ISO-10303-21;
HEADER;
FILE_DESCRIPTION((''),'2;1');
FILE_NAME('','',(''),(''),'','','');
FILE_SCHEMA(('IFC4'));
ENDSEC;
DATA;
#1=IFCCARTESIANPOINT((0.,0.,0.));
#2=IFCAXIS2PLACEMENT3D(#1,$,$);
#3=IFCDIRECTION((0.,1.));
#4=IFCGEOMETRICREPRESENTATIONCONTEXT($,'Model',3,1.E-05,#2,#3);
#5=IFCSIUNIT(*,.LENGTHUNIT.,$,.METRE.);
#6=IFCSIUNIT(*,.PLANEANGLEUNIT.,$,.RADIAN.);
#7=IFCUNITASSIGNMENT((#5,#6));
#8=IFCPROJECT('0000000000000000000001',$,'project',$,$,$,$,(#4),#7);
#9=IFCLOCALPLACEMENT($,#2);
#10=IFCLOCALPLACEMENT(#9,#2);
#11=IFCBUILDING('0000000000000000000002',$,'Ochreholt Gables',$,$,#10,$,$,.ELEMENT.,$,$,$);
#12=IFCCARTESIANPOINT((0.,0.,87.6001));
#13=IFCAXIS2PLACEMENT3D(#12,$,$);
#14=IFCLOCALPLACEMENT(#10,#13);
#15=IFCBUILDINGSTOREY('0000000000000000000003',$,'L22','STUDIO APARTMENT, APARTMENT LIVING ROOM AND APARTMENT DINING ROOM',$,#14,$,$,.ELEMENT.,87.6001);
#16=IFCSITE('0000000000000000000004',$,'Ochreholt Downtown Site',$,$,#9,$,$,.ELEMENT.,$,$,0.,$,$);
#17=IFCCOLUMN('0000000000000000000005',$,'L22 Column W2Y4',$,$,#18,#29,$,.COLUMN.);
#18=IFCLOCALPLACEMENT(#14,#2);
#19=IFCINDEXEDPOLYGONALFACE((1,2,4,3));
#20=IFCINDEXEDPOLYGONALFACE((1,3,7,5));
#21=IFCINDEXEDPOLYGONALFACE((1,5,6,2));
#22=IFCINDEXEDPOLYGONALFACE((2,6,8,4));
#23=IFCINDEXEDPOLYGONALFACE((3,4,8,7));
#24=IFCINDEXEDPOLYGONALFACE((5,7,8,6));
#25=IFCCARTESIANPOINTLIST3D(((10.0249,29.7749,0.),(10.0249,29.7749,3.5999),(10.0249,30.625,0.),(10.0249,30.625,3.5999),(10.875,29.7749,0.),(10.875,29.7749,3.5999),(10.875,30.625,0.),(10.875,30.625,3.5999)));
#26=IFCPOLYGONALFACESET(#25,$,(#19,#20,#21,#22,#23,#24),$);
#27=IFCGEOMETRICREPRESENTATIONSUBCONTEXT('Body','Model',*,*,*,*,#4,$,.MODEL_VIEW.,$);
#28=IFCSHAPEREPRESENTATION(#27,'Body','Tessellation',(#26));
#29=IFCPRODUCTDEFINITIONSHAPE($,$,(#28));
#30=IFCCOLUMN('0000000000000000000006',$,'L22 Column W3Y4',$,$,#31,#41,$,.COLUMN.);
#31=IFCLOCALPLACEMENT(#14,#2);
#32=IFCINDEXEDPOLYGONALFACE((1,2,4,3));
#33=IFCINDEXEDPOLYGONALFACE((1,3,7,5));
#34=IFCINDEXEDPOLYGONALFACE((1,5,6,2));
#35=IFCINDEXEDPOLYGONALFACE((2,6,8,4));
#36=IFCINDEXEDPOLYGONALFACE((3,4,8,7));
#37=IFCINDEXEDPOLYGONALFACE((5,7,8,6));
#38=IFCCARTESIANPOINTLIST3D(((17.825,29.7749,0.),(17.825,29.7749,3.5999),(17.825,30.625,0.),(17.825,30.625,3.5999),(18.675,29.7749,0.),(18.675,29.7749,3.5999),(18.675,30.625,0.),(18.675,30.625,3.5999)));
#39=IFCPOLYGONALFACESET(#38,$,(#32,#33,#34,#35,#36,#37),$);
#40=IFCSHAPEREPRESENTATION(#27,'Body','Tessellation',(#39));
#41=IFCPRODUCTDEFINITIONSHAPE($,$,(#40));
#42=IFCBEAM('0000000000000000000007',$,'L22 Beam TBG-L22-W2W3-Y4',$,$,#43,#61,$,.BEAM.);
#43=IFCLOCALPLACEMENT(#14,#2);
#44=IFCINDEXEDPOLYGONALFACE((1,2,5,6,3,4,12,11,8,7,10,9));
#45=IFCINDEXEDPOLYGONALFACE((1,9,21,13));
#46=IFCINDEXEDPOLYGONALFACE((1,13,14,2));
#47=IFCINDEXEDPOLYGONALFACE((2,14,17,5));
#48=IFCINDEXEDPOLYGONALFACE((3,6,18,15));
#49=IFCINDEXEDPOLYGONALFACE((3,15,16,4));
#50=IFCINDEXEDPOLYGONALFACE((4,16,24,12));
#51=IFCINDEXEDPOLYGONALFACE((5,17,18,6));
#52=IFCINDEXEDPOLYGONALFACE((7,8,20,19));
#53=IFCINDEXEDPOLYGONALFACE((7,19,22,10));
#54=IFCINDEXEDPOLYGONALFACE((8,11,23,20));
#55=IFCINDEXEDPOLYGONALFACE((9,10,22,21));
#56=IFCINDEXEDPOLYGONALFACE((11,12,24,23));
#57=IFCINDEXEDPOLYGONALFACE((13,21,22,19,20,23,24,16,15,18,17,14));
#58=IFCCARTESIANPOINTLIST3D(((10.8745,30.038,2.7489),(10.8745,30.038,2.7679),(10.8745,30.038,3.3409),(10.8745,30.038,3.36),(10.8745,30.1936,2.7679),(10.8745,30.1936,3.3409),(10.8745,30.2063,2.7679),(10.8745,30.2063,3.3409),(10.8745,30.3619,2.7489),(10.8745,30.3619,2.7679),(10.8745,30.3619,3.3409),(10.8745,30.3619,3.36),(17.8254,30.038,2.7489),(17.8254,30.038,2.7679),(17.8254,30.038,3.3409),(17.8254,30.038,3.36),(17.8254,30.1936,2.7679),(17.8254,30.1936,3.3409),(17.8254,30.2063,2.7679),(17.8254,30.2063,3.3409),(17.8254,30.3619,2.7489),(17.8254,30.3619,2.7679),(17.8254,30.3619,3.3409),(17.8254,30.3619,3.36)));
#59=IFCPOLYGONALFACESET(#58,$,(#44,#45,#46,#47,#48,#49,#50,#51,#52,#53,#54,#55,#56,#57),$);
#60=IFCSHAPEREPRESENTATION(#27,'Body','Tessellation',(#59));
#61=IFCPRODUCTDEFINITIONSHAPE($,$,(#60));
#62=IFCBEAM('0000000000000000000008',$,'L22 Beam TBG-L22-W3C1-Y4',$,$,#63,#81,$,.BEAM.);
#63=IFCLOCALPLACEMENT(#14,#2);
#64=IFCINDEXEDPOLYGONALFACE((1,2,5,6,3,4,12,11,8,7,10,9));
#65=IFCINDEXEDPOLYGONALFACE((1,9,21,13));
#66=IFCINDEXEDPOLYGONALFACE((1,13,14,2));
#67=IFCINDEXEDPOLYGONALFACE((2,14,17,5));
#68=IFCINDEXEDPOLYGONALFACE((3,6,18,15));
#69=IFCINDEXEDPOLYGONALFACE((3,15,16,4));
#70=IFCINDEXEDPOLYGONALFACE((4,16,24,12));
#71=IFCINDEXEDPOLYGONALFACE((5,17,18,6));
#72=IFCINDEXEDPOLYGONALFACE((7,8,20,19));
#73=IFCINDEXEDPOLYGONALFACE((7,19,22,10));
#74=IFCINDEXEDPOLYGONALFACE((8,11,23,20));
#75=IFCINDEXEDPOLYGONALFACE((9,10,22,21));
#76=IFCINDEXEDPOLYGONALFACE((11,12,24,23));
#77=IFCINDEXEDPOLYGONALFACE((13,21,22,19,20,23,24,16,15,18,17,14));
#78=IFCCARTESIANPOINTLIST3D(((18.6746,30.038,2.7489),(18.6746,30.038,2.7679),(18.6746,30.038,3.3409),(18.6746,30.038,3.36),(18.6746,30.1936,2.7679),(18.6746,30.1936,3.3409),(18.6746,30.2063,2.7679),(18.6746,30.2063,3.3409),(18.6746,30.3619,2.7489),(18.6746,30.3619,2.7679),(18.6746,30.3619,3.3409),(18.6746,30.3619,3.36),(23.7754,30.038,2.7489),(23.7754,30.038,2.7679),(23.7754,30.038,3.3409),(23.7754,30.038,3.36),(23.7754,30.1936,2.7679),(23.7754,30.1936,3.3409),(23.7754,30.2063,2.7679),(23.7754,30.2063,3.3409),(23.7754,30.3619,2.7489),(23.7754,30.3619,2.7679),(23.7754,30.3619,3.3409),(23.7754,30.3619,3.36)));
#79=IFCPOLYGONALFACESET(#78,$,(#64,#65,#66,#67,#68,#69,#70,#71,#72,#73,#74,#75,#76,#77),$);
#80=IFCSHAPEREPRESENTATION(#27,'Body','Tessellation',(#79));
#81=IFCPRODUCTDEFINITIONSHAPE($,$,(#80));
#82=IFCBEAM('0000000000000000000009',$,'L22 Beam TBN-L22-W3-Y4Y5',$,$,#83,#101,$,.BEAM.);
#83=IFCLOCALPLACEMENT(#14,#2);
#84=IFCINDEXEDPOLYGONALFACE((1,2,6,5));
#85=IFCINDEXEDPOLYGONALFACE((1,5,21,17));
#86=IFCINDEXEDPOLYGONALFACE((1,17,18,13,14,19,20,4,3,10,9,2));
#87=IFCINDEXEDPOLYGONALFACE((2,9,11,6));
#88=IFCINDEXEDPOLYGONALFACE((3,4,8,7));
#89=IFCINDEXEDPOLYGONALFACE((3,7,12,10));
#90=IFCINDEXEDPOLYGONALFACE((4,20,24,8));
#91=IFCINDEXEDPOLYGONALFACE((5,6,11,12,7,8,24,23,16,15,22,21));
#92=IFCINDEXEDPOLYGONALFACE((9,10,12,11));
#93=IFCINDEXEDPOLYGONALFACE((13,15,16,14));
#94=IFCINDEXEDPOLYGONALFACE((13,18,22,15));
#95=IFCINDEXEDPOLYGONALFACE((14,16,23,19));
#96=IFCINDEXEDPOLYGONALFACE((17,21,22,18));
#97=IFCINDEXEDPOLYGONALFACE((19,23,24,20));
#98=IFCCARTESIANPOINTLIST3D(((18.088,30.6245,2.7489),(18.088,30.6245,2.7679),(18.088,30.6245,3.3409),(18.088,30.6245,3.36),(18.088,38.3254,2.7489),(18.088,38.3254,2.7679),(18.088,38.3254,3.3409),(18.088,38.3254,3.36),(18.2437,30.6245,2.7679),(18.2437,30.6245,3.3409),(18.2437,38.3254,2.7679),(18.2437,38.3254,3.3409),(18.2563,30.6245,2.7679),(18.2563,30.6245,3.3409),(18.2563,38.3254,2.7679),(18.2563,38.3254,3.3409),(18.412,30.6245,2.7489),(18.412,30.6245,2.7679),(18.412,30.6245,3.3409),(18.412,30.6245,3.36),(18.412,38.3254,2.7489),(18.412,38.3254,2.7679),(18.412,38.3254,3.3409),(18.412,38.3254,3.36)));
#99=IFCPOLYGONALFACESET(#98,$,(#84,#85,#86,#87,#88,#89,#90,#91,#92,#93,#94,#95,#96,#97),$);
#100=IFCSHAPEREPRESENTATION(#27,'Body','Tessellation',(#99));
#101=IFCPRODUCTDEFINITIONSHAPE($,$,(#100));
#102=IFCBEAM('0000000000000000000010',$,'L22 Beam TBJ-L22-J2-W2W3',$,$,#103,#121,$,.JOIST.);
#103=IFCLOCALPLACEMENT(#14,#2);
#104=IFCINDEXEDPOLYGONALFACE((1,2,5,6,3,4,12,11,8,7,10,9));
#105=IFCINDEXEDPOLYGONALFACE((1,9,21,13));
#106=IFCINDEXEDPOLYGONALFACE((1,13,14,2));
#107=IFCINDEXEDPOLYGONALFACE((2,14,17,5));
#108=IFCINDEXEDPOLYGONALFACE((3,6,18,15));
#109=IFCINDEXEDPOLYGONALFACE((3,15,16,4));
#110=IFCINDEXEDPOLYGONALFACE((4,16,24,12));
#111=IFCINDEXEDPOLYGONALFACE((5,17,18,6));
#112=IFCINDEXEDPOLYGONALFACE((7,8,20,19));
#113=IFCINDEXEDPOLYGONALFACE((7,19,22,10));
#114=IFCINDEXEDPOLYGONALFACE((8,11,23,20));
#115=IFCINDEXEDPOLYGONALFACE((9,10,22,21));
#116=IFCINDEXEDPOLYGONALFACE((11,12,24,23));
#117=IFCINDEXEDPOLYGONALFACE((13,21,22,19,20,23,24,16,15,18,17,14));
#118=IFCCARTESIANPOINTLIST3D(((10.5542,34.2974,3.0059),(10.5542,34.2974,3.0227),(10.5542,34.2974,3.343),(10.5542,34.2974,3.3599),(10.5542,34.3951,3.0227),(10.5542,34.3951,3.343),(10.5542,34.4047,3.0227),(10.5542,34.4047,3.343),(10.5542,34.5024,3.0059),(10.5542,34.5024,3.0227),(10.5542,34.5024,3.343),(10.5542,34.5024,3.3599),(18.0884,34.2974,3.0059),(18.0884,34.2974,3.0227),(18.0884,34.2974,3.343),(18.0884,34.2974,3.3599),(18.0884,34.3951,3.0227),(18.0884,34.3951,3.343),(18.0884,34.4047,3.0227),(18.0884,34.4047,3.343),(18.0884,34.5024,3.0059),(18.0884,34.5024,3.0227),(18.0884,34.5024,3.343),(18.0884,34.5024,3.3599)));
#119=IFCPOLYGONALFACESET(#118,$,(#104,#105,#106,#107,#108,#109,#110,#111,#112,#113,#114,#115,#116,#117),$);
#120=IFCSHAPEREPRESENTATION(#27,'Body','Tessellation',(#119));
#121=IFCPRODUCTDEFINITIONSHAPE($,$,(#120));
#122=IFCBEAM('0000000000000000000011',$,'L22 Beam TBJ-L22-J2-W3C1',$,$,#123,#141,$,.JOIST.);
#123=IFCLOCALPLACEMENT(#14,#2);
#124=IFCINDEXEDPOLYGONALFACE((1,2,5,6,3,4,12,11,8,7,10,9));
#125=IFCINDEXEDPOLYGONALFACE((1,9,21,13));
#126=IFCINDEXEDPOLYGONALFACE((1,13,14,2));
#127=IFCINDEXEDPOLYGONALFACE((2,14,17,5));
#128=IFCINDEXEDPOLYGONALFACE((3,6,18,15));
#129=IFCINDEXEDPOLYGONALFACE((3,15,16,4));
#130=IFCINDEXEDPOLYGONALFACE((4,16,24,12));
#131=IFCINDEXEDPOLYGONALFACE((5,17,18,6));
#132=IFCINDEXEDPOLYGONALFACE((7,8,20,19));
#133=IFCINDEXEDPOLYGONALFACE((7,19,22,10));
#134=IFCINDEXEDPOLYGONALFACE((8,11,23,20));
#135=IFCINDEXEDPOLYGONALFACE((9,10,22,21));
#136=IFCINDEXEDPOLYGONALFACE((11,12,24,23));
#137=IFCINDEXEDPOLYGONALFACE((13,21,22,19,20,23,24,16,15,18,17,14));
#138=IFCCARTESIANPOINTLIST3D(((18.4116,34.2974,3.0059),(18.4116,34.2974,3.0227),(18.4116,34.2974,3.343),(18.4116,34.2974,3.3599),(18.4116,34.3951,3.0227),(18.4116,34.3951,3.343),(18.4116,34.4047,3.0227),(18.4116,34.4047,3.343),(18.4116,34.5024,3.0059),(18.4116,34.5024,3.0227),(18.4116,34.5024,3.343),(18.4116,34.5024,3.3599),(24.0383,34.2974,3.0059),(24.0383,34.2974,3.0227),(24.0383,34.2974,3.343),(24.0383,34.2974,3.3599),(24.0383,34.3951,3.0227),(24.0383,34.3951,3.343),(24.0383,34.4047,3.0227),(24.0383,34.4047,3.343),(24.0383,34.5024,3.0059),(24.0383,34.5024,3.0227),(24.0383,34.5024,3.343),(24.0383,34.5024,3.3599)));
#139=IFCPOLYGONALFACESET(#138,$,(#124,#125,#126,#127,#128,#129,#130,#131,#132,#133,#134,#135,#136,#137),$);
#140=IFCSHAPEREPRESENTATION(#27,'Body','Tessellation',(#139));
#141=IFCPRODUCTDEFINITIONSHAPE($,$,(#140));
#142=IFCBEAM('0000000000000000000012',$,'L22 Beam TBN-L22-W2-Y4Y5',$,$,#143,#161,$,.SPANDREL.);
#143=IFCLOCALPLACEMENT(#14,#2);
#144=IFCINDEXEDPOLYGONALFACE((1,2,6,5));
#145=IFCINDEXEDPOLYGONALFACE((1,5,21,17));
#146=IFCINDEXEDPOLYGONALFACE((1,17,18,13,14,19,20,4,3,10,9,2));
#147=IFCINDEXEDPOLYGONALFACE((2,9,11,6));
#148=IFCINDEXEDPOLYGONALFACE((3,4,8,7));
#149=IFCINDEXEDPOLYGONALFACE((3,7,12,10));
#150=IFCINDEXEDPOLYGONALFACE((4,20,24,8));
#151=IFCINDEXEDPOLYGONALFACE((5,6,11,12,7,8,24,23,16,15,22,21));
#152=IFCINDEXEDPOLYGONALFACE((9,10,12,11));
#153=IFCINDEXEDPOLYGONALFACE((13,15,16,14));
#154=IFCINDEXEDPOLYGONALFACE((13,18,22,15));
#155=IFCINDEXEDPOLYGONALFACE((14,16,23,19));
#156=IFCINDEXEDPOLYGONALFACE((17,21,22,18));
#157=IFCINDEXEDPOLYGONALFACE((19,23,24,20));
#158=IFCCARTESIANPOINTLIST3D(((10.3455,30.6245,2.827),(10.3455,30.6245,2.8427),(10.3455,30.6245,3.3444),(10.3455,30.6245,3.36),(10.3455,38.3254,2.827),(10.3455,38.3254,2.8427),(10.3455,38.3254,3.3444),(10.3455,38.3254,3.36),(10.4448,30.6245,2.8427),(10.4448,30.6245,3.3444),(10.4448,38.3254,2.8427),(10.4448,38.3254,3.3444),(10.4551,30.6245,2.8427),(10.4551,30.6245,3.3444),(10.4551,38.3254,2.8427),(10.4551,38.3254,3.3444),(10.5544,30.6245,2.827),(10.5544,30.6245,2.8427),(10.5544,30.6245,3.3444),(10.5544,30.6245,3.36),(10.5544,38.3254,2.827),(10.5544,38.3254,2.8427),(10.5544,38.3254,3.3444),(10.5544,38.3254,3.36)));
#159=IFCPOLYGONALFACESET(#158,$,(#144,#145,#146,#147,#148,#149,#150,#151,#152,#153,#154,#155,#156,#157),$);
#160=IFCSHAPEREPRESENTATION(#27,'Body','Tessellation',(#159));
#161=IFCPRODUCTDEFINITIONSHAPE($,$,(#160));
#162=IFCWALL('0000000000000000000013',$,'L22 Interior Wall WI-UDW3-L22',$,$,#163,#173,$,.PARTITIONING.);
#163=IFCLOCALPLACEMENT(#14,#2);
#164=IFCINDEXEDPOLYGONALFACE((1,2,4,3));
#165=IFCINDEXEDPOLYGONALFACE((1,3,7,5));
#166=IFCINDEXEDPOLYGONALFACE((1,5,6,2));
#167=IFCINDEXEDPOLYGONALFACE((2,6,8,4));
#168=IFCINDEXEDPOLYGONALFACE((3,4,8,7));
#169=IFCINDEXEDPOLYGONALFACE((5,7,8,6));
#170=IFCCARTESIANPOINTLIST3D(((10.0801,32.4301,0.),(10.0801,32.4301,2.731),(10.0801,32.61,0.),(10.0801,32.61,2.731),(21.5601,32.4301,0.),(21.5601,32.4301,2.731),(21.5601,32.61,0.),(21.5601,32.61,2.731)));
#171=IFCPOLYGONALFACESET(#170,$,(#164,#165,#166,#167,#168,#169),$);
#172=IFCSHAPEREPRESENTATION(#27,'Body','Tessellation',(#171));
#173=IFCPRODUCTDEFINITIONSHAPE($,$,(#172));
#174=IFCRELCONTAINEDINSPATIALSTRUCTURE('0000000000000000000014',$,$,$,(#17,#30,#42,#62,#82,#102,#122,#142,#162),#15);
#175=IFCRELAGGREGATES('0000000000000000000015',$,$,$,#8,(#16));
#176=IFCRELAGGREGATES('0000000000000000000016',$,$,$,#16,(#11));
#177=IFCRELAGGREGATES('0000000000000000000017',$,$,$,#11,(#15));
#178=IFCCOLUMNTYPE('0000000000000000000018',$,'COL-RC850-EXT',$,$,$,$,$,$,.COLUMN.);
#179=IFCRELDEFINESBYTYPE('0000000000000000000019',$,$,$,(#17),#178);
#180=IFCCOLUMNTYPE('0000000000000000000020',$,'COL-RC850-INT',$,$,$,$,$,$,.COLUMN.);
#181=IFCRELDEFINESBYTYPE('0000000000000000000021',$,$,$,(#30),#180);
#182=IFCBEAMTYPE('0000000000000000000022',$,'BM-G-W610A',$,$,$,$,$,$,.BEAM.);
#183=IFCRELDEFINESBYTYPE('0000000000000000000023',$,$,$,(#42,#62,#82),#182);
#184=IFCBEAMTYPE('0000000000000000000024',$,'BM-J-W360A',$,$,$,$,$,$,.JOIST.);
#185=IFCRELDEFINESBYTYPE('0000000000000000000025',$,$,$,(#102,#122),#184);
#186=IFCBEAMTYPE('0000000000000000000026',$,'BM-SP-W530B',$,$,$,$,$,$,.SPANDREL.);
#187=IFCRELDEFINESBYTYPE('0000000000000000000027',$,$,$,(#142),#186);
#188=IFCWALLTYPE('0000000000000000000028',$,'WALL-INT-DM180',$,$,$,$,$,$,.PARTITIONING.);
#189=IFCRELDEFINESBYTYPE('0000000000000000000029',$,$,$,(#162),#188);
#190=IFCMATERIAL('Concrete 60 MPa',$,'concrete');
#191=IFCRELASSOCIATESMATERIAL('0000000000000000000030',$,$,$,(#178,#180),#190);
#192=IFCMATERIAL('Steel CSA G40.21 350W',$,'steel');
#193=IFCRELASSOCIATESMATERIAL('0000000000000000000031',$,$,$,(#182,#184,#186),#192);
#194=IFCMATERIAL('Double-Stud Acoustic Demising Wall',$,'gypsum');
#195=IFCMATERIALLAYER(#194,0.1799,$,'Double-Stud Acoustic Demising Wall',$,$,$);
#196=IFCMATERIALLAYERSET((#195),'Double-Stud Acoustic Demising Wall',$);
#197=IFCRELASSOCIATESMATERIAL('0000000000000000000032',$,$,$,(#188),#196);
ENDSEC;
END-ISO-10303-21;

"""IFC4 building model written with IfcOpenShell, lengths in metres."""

from ifc_helpers import new_model, si_unit, direction, frame, frame_2d, origin, origin_2d, place, context, subcontext, project, spatial, rectangle, i_section, extrude, material, layer, layer_set, material_profile, profile_set, type_object, element, save


model = new_model("IFC4")

# Units and contexts
model_context = context("Model", 3, precision=1e-05, world=origin(), true_north=direction((0.0, 1.0)))
body_context = subcontext(model_context, "Body", "Model", "MODEL_VIEW")
ifc_project = project(units=[si_unit("LENGTHUNIT", "METRE"), si_unit("PLANEANGLEUNIT", "RADIAN")], contexts=[model_context])

# Site, building, storey
site_placement = place(None, origin())
site = spatial("IfcSite", under=ifc_project, at=site_placement, Name="Ochreholt Downtown Site", CompositionType="ELEMENT", RefElevation=0.0)
building_placement = place(site_placement, origin())
building = spatial("IfcBuilding", under=site, at=building_placement, Name="Ochreholt Gables", CompositionType="ELEMENT")
storey_placement = place(building_placement, frame((0.0, 0.0, 87.6001)))
storey = spatial("IfcBuildingStorey", under=building, at=storey_placement, Name="L22", Description="STUDIO APARTMENT, APARTMENT LIVING ROOM AND APARTMENT DINING ROOM", CompositionType="ELEMENT", Elevation=87.6001)

# Columns
ifc_material_1 = material(Name="Concrete 60 MPa", Category="concrete")
ifc_material_profile_1 = material_profile(ifc_material_1, rectangle(XDim=0.8501, YDim=0.8501, at=origin_2d()), Name="RC850X850")
ifc_profile_set_1 = profile_set([ifc_material_profile_1], Name="Concrete 60 MPa")
column_type_1 = type_object("IfcColumnType", Name="COL-RC850-EXT", PredefinedType="COLUMN", material=ifc_profile_set_1)
column_1_placement = place(storey_placement, frame((10.45, 30.2, 0.0), z_axis=(0.0, 0.0, 1.0), x_axis=(1.0, 0.0, 0.0)))
element("IfcColumn", 1, at=column_1_placement, inside=storey, type_object=column_type_1, Name="L22 Column W2Y4", PredefinedType="COLUMN", context=body_context, shape_type="SweptSolid", body=[
    extrude(rectangle(XDim=0.8501, YDim=0.8501, at=origin_2d()), origin(), (0.0, 0.0, 1.0), 3.5999),
])
ifc_material_profile_2 = material_profile(ifc_material_1, rectangle(XDim=0.8501, YDim=0.8501, at=origin_2d()), Name="RC850X850")
ifc_profile_set_2 = profile_set([ifc_material_profile_2], Name="Concrete 60 MPa")
column_type_2 = type_object("IfcColumnType", Name="COL-RC850-INT", PredefinedType="COLUMN", material=ifc_profile_set_2)
column_2_placement = place(storey_placement, frame((18.25, 30.2, 0.0), z_axis=(0.0, 0.0, 1.0), x_axis=(1.0, 0.0, 0.0)))
element("IfcColumn", 2, at=column_2_placement, inside=storey, type_object=column_type_2, Name="L22 Column W3Y4", PredefinedType="COLUMN", context=body_context, shape_type="SweptSolid", body=[
    extrude(rectangle(XDim=0.8501, YDim=0.8501, at=origin_2d()), origin(), (0.0, 0.0, 1.0), 3.5999),
])

# Beams
ifc_material_2 = material(Name="Steel CSA G40.21 350W", Category="steel")
ifc_material_profile_3 = material_profile(ifc_material_2, i_section(OverallWidth=0.324, OverallDepth=0.6111, WebThickness=0.0127, FlangeThickness=0.019, at=origin_2d()), Name="W610X155")
ifc_profile_set_3 = profile_set([ifc_material_profile_3], Name="Steel CSA G40.21 350W")
beam_type_1 = type_object("IfcBeamType", Name="BM-G-W610A", PredefinedType="BEAM", material=ifc_profile_set_3)
beam_1_placement = place(storey_placement, frame((10.8745, 30.2, 3.0544), z_axis=(1.0, 0.0, 0.0), x_axis=(0.0, 1.0, 0.0)))
element("IfcBeam", 3, at=beam_1_placement, inside=storey, type_object=beam_type_1, Name="L22 Beam TBG-L22-W2W3-Y4", PredefinedType="BEAM", context=body_context, shape_type="SweptSolid", body=[
    extrude(i_section(OverallWidth=0.324, OverallDepth=0.6111, WebThickness=0.0127, FlangeThickness=0.019, at=origin_2d()), origin(), (0.0, 0.0, 1.0), 6.9509),
])
beam_2_placement = place(storey_placement, frame((18.6746, 30.2, 3.0544), z_axis=(1.0, 0.0, 0.0), x_axis=(0.0, 1.0, 0.0)))
element("IfcBeam", 4, at=beam_2_placement, inside=storey, type_object=beam_type_1, Name="L22 Beam TBG-L22-W3C1-Y4", PredefinedType="BEAM", context=body_context, shape_type="SweptSolid", body=[
    extrude(i_section(OverallWidth=0.324, OverallDepth=0.6111, WebThickness=0.0127, FlangeThickness=0.019, at=origin_2d()), origin(), (0.0, 0.0, 1.0), 5.1008),
])
beam_3_placement = place(storey_placement, frame((18.25, 30.6245, 3.0544), z_axis=(0.0, 1.0, 0.0), x_axis=(-1.0, 0.0, 0.0)))
element("IfcBeam", 5, at=beam_3_placement, inside=storey, type_object=beam_type_1, Name="L22 Beam TBN-L22-W3-Y4Y5", PredefinedType="BEAM", context=body_context, shape_type="SweptSolid", body=[
    extrude(i_section(OverallWidth=0.324, OverallDepth=0.6111, WebThickness=0.0127, FlangeThickness=0.019, at=origin_2d()), origin(), (0.0, 0.0, 1.0), 7.7009),
])
ifc_material_profile_4 = material_profile(ifc_material_2, i_section(OverallWidth=0.2051, OverallDepth=0.354, WebThickness=0.0095, FlangeThickness=0.0168, at=origin_2d()), Name="W360X79")
ifc_profile_set_4 = profile_set([ifc_material_profile_4], Name="Steel CSA G40.21 350W")
beam_type_2 = type_object("IfcBeamType", Name="BM-J-W360A", PredefinedType="JOIST", material=ifc_profile_set_4)
beam_4_placement = place(storey_placement, frame((10.5542, 34.3999, 3.1829), z_axis=(1.0, 0.0, 0.0), x_axis=(0.0, 1.0, 0.0)))
element("IfcBeam", 6, at=beam_4_placement, inside=storey, type_object=beam_type_2, Name="L22 Beam TBJ-L22-J2-W2W3", PredefinedType="JOIST", context=body_context, shape_type="SweptSolid", body=[
    extrude(i_section(OverallWidth=0.2051, OverallDepth=0.354, WebThickness=0.0095, FlangeThickness=0.0168, at=origin_2d()), origin(), (0.0, 0.0, 1.0), 7.5342),
])
beam_5_placement = place(storey_placement, frame((18.4116, 34.3999, 3.1829), z_axis=(1.0, 0.0, 0.0), x_axis=(0.0, 1.0, 0.0)))
element("IfcBeam", 7, at=beam_5_placement, inside=storey, type_object=beam_type_2, Name="L22 Beam TBJ-L22-J2-W3C1", PredefinedType="JOIST", context=body_context, shape_type="SweptSolid", body=[
    extrude(i_section(OverallWidth=0.2051, OverallDepth=0.354, WebThickness=0.0095, FlangeThickness=0.0168, at=origin_2d()), origin(), (0.0, 0.0, 1.0), 5.6267),
])
ifc_material_profile_5 = material_profile(ifc_material_2, i_section(OverallWidth=0.209, OverallDepth=0.533, WebThickness=0.0103, FlangeThickness=0.0156, at=origin_2d()), Name="W530X92")
ifc_profile_set_5 = profile_set([ifc_material_profile_5], Name="Steel CSA G40.21 350W")
beam_type_3 = type_object("IfcBeamType", Name="BM-SP-W530B", PredefinedType="SPANDREL", material=ifc_profile_set_5)
beam_6_placement = place(storey_placement, frame((10.45, 30.6245, 3.0935), z_axis=(0.0, 1.0, 0.0), x_axis=(-1.0, 0.0, 0.0)))
element("IfcBeam", 8, at=beam_6_placement, inside=storey, type_object=beam_type_3, Name="L22 Beam TBN-L22-W2-Y4Y5", PredefinedType="SPANDREL", context=body_context, shape_type="SweptSolid", body=[
    extrude(i_section(OverallWidth=0.209, OverallDepth=0.533, WebThickness=0.0103, FlangeThickness=0.0156, at=origin_2d()), origin(), (0.0, 0.0, 1.0), 7.7009),
])

# Wall
ifc_material_3 = material(Name="Double-Stud Acoustic Demising Wall", Category="gypsum")
ifc_layer_1 = layer(ifc_material_3, 0.1799, Name="Double-Stud Acoustic Demising Wall")
ifc_layer_set_1 = layer_set([ifc_layer_1], Name="Double-Stud Acoustic Demising Wall")
wall_type_1 = type_object("IfcWallType", Name="WALL-INT-DM180", PredefinedType="PARTITIONING", material=ifc_layer_set_1)
wall_1_placement = place(storey_placement, frame((10.0801, 32.52, 0.0), z_axis=(0.0, 0.0, 1.0), x_axis=(1.0, 0.0, 0.0)))
element("IfcWall", 9, at=wall_1_placement, inside=storey, type_object=wall_type_1, Name="L22 Interior Wall WI-UDW3-L22", PredefinedType="PARTITIONING", context=body_context, shape_type="SweptSolid", body=[
    extrude(rectangle(XDim=11.48, YDim=0.1799, at=frame_2d((5.74, 0.0))), origin(), (0.0, 0.0, 1.0), 2.731),
])

save(model, "model.ifc")
